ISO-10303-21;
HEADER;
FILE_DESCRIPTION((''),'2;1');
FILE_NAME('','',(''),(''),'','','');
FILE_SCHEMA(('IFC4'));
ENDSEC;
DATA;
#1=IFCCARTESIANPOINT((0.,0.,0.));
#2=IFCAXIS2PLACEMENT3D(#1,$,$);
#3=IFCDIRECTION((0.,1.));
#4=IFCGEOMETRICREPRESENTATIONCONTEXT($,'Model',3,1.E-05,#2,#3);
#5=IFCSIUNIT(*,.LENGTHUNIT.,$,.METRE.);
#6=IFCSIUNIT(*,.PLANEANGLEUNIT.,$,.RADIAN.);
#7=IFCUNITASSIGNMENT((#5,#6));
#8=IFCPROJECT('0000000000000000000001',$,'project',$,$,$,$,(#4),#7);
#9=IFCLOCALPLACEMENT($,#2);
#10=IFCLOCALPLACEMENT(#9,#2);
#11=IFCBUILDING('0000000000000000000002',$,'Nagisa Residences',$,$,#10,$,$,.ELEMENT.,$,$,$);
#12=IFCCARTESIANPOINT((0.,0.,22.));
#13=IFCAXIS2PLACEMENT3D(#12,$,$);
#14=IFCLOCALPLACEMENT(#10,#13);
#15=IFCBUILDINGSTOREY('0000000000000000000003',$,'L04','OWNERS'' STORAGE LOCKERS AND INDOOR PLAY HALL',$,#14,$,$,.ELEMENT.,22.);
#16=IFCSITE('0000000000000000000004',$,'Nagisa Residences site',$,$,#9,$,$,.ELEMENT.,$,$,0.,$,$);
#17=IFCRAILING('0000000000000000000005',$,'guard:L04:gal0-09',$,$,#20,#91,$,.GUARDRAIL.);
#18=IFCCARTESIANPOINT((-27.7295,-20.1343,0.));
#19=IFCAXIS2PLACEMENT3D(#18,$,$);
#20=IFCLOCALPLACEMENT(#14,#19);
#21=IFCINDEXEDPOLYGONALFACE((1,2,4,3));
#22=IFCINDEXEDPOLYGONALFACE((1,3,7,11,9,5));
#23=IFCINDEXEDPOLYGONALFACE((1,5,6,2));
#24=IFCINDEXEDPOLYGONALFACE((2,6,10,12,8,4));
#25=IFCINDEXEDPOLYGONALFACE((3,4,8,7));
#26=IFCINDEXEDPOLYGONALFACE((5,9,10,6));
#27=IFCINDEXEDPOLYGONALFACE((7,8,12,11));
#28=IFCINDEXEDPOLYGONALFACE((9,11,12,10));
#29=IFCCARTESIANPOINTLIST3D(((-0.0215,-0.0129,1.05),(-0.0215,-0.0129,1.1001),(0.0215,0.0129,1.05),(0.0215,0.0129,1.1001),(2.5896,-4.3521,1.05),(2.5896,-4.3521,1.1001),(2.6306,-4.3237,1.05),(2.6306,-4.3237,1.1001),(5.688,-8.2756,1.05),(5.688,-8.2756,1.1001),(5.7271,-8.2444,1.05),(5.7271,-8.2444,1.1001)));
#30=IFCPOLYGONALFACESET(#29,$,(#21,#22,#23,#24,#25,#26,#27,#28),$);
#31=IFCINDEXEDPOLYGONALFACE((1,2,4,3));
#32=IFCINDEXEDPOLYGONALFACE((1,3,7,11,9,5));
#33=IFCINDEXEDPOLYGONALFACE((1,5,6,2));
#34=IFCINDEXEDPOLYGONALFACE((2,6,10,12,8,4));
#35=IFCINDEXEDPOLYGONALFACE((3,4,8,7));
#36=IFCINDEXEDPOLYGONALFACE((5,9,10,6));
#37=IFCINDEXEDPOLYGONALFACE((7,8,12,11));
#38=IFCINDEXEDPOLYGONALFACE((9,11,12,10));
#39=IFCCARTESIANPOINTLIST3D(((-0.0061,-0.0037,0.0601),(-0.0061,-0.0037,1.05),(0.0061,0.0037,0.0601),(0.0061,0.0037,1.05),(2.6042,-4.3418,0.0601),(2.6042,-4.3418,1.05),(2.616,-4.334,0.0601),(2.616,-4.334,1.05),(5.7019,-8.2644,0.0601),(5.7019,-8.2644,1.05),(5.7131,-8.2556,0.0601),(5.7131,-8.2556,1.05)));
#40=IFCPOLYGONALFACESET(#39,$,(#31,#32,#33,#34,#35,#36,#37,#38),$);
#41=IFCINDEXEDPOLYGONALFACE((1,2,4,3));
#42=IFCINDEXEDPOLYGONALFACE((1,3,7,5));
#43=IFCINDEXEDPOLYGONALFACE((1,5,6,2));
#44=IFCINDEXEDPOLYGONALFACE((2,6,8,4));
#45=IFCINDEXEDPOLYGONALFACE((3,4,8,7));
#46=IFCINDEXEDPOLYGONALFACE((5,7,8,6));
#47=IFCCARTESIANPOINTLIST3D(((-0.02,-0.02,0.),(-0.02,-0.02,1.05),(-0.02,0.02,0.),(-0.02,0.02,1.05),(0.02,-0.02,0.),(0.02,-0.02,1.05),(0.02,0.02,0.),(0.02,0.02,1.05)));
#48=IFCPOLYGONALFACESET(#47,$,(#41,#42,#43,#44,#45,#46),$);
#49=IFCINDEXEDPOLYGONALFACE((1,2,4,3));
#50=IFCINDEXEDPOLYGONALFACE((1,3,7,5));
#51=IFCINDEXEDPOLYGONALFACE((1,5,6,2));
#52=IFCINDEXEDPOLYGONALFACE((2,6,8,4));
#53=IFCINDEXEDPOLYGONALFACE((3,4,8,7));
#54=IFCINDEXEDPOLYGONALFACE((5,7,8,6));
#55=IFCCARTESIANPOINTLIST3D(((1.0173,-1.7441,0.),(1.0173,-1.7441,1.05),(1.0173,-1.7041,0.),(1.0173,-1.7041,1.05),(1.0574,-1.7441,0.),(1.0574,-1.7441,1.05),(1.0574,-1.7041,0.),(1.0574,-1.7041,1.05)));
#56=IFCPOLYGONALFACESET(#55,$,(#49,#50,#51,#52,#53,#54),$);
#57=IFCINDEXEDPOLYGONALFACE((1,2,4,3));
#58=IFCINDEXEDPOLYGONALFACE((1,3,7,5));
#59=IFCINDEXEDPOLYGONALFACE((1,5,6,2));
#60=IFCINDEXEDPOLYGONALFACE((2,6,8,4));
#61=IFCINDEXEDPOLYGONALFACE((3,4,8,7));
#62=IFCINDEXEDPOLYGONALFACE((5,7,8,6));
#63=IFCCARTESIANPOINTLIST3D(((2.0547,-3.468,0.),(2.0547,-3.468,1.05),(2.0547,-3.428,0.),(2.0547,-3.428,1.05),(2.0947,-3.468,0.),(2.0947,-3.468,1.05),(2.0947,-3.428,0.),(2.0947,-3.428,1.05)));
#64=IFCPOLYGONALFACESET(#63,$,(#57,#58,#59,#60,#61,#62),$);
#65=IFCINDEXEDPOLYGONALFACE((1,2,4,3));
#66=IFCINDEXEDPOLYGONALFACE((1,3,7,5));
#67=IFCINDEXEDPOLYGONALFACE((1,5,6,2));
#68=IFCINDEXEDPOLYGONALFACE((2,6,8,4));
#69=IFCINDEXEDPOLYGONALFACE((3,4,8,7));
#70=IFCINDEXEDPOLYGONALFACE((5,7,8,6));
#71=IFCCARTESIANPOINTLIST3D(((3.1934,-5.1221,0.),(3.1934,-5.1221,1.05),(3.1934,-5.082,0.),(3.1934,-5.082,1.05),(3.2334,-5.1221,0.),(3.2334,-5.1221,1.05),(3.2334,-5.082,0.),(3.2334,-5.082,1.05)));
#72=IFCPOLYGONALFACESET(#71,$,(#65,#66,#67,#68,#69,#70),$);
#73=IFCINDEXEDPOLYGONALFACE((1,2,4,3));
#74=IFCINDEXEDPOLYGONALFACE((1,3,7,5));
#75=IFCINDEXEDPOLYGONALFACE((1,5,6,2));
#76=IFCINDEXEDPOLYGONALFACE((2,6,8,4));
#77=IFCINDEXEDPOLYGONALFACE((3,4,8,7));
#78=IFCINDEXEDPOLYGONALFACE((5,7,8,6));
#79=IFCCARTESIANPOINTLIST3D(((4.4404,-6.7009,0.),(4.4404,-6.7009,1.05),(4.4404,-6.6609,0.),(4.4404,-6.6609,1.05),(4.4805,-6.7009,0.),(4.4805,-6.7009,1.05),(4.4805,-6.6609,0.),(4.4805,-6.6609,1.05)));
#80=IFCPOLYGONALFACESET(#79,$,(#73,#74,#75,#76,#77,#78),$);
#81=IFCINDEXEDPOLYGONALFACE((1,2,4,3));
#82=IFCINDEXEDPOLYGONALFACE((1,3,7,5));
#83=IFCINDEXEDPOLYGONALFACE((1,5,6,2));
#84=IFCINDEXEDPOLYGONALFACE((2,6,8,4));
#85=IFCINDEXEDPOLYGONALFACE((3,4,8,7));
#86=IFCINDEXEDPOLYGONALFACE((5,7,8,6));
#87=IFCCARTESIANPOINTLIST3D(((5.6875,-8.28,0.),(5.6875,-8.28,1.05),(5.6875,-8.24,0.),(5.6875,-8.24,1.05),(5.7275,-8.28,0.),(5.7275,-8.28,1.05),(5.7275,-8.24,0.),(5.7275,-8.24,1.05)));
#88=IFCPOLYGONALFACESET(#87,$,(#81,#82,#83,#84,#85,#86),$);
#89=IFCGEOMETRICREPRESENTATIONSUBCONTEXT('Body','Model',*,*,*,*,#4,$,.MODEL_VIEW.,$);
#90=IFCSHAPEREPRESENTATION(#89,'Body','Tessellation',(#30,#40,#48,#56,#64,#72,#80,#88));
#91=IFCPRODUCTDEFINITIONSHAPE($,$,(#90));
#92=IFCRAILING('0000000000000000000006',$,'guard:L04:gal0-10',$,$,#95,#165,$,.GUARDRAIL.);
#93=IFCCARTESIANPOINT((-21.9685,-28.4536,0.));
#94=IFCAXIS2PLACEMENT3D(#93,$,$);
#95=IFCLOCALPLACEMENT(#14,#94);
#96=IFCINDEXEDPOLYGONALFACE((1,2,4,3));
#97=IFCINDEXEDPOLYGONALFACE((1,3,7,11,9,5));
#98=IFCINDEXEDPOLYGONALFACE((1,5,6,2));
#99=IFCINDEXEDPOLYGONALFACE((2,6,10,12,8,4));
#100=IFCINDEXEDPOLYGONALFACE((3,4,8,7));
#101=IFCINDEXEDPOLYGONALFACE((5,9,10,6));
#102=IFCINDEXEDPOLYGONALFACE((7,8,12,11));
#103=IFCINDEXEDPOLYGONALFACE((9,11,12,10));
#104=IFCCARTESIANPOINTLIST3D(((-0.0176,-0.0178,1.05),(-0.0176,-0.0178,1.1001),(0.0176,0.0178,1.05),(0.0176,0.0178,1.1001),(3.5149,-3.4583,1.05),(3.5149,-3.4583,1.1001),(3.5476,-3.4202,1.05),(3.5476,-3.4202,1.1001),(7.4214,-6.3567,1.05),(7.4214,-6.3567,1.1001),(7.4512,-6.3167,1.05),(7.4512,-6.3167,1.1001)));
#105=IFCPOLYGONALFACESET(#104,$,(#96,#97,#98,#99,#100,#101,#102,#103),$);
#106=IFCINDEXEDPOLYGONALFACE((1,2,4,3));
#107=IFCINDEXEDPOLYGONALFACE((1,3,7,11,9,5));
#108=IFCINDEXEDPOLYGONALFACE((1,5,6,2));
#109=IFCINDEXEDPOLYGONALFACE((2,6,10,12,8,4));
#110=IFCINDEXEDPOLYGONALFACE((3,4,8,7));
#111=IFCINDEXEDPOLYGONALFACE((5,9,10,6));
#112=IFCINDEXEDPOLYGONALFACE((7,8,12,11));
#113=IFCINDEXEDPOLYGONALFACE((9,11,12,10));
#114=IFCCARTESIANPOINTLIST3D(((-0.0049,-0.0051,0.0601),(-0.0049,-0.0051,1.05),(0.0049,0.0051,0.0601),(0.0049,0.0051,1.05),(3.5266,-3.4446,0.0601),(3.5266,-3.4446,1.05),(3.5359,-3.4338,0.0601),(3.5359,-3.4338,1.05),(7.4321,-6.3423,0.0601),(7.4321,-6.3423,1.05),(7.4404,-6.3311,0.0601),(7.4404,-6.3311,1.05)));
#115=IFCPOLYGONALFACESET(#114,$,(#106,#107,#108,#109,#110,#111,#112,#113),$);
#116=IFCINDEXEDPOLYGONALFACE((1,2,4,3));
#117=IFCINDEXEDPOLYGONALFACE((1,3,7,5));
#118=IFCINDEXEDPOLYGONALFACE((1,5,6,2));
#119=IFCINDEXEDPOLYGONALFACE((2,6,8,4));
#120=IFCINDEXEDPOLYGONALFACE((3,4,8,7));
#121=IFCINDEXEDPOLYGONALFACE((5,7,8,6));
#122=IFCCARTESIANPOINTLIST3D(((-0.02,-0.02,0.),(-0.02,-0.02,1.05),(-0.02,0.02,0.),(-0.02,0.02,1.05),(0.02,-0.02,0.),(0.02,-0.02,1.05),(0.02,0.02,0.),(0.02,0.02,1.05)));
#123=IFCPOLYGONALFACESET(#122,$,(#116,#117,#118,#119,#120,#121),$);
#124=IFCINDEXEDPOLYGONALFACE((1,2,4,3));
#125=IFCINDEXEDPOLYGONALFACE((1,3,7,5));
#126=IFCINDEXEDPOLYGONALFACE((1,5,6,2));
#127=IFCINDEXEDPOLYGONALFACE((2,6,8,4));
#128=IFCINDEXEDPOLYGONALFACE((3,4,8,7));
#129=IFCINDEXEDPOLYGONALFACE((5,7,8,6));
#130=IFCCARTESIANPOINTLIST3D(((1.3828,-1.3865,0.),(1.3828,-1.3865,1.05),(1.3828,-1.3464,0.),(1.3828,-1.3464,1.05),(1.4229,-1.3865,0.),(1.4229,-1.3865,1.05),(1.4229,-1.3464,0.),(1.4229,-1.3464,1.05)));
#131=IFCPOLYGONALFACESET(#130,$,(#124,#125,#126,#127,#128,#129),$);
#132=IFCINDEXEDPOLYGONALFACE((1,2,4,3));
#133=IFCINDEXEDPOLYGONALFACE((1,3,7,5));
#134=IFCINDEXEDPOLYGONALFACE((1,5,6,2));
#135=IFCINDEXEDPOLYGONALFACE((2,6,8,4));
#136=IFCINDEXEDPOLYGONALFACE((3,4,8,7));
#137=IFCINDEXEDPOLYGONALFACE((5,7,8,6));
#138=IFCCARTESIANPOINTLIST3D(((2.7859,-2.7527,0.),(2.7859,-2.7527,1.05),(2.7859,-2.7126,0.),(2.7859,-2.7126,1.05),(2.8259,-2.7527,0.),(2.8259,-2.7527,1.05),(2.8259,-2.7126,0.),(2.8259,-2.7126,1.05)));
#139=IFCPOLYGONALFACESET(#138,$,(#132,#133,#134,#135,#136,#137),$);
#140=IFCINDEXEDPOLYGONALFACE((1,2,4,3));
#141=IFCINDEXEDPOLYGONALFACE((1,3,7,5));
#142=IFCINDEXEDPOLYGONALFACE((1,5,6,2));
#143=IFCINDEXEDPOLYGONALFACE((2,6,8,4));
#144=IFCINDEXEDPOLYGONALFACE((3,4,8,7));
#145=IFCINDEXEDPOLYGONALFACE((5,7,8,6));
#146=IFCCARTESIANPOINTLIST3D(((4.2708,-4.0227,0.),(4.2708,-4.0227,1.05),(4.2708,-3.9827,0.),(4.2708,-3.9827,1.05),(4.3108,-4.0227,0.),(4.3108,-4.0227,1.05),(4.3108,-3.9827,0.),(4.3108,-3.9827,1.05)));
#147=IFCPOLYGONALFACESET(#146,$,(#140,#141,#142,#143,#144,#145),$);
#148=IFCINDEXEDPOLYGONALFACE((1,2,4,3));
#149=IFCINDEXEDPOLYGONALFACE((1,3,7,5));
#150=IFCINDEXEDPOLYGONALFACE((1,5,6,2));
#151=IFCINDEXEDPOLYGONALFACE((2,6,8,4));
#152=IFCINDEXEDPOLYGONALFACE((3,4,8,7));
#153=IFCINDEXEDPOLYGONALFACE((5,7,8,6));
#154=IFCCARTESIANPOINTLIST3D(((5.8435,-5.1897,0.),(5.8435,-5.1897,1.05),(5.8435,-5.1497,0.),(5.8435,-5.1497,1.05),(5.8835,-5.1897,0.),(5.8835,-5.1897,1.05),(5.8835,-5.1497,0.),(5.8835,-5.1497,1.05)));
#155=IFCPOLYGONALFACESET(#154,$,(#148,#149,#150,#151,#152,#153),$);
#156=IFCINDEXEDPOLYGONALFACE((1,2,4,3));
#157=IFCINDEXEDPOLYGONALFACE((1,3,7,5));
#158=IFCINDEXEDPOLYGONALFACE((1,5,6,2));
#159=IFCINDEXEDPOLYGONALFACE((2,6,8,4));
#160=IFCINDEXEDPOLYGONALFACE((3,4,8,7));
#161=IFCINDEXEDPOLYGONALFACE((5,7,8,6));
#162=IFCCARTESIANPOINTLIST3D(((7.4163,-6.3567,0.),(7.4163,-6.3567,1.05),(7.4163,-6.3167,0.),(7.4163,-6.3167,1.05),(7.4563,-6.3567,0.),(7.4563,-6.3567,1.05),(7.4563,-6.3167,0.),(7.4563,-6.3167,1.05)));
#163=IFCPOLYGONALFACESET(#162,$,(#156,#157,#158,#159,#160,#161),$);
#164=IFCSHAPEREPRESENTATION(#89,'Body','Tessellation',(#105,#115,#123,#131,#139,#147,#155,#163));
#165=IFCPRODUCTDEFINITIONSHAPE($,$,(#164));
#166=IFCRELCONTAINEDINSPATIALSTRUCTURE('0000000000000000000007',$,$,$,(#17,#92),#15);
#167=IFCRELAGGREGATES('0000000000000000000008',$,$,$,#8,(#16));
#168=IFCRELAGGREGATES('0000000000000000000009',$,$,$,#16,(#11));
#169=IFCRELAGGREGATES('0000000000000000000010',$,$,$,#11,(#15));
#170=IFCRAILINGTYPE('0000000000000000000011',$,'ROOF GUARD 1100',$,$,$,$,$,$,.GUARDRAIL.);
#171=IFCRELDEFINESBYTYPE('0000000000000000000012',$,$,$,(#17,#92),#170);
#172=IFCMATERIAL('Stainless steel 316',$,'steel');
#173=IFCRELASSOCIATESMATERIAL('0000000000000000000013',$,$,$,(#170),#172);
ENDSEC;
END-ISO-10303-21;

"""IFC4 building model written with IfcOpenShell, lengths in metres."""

from ifc_helpers import new_model, si_unit, direction, frame, origin, origin_2d, place, context, subcontext, project, spatial, polyline, rectangle, outline, extrude, material, type_object, element, save


model = new_model("IFC4")

# Units and contexts
model_context = context("Model", 3, precision=1e-05, world=origin(), true_north=direction((0.0, 1.0)))
body_context = subcontext(model_context, "Body", "Model", "MODEL_VIEW")
ifc_project = project(units=[si_unit("LENGTHUNIT", "METRE"), si_unit("PLANEANGLEUNIT", "RADIAN")], contexts=[model_context])

# Site, building, storey
site_placement = place(None, origin())
site = spatial("IfcSite", under=ifc_project, at=site_placement, Name="Nagisa Residences site", CompositionType="ELEMENT", RefElevation=0.0)
building_placement = place(site_placement, origin())
building = spatial("IfcBuilding", under=site, at=building_placement, Name="Nagisa Residences", CompositionType="ELEMENT")
storey_placement = place(building_placement, frame((0.0, 0.0, 22.0)))
storey = spatial("IfcBuildingStorey", under=building, at=storey_placement, Name="L04", Description="OWNERS' STORAGE LOCKERS AND INDOOR PLAY HALL", CompositionType="ELEMENT", Elevation=22.0)

# Railings
ifc_material_1 = material(Name="Stainless steel 316", Category="steel")
railing_type = type_object("IfcRailingType", Name="ROOF GUARD 1100", PredefinedType="GUARDRAIL", material=ifc_material_1)
railing_1_placement = place(storey_placement, frame((-27.7295, -20.1343, 0.0)))
element("IfcRailing", 1, at=railing_1_placement, inside=storey, type_object=railing_type, Name="guard:L04:gal0-09", PredefinedType="GUARDRAIL", context=body_context, shape_type="SweptSolid", body=[
    extrude(outline(polyline([(2.6306, -4.3237), (0.0215, 0.0129), (-0.0215, -0.0129), (2.5896, -4.3521), (5.688, -8.2756), (5.7271, -8.2444), (2.6306, -4.3237)])), frame((0.0, 0.0, 1.05)), (0.0, 0.0, 1.0), 0.05),
    extrude(outline(polyline([(2.616, -4.334), (0.0061, 0.0037), (-0.0061, -0.0037), (2.6042, -4.3418), (5.7019, -8.2644), (5.7131, -8.2556), (2.616, -4.334)])), frame((0.0, 0.0, 0.0601)), (0.0, 0.0, 1.0), 0.99),
    extrude(rectangle(XDim=0.04, YDim=0.04, at=origin_2d()), origin(), (0.0, 0.0, 1.0), 1.05),
    extrude(rectangle(XDim=0.04, YDim=0.04, at=origin_2d()), frame((1.0374, -1.7241, 0.0)), (0.0, 0.0, 1.0), 1.05),
    extrude(rectangle(XDim=0.04, YDim=0.04, at=origin_2d()), frame((2.0747, -3.448, 0.0)), (0.0, 0.0, 1.0), 1.05),
    extrude(rectangle(XDim=0.04, YDim=0.04, at=origin_2d()), frame((3.2134, -5.1021, 0.0)), (0.0, 0.0, 1.0), 1.05),
    extrude(rectangle(XDim=0.04, YDim=0.04, at=origin_2d()), frame((4.4604, -6.6809, 0.0)), (0.0, 0.0, 1.0), 1.05),
    extrude(rectangle(XDim=0.04, YDim=0.04, at=origin_2d()), frame((5.7075, -8.26, 0.0)), (0.0, 0.0, 1.0), 1.05),
])
railing_2_placement = place(storey_placement, frame((-21.9685, -28.4536, 0.0)))
element("IfcRailing", 2, at=railing_2_placement, inside=storey, type_object=railing_type, Name="guard:L04:gal0-10", PredefinedType="GUARDRAIL", context=body_context, shape_type="SweptSolid", body=[
    extrude(outline(polyline([(3.5476, -3.4202), (0.0176, 0.0178), (-0.0176, -0.0178), (3.5149, -3.4583), (7.4214, -6.3567), (7.4512, -6.3167), (3.5476, -3.4202)])), frame((0.0, 0.0, 1.05)), (0.0, 0.0, 1.0), 0.05),
    extrude(outline(polyline([(3.5359, -3.4338), (0.0049, 0.0051), (-0.0049, -0.0051), (3.5266, -3.4446), (7.4321, -6.3423), (7.4404, -6.3311), (3.5359, -3.4338)])), frame((0.0, 0.0, 0.0601)), (0.0, 0.0, 1.0), 0.99),
    extrude(rectangle(XDim=0.04, YDim=0.04, at=origin_2d()), origin(), (0.0, 0.0, 1.0), 1.05),
    extrude(rectangle(XDim=0.04, YDim=0.04, at=origin_2d()), frame((1.4028, -1.3665, 0.0)), (0.0, 0.0, 1.0), 1.05),
    extrude(rectangle(XDim=0.04, YDim=0.04, at=origin_2d()), frame((2.8059, -2.7327, 0.0)), (0.0, 0.0, 1.0), 1.05),
    extrude(rectangle(XDim=0.04, YDim=0.04, at=origin_2d()), frame((4.2908, -4.0027, 0.0)), (0.0, 0.0, 1.0), 1.05),
    extrude(rectangle(XDim=0.04, YDim=0.04, at=origin_2d()), frame((5.8635, -5.1697, 0.0)), (0.0, 0.0, 1.0), 1.05),
    extrude(rectangle(XDim=0.04, YDim=0.04, at=origin_2d()), frame((7.4363, -6.3367, 0.0)), (0.0, 0.0, 1.0), 1.05),
])

save(model, "model.ifc")
